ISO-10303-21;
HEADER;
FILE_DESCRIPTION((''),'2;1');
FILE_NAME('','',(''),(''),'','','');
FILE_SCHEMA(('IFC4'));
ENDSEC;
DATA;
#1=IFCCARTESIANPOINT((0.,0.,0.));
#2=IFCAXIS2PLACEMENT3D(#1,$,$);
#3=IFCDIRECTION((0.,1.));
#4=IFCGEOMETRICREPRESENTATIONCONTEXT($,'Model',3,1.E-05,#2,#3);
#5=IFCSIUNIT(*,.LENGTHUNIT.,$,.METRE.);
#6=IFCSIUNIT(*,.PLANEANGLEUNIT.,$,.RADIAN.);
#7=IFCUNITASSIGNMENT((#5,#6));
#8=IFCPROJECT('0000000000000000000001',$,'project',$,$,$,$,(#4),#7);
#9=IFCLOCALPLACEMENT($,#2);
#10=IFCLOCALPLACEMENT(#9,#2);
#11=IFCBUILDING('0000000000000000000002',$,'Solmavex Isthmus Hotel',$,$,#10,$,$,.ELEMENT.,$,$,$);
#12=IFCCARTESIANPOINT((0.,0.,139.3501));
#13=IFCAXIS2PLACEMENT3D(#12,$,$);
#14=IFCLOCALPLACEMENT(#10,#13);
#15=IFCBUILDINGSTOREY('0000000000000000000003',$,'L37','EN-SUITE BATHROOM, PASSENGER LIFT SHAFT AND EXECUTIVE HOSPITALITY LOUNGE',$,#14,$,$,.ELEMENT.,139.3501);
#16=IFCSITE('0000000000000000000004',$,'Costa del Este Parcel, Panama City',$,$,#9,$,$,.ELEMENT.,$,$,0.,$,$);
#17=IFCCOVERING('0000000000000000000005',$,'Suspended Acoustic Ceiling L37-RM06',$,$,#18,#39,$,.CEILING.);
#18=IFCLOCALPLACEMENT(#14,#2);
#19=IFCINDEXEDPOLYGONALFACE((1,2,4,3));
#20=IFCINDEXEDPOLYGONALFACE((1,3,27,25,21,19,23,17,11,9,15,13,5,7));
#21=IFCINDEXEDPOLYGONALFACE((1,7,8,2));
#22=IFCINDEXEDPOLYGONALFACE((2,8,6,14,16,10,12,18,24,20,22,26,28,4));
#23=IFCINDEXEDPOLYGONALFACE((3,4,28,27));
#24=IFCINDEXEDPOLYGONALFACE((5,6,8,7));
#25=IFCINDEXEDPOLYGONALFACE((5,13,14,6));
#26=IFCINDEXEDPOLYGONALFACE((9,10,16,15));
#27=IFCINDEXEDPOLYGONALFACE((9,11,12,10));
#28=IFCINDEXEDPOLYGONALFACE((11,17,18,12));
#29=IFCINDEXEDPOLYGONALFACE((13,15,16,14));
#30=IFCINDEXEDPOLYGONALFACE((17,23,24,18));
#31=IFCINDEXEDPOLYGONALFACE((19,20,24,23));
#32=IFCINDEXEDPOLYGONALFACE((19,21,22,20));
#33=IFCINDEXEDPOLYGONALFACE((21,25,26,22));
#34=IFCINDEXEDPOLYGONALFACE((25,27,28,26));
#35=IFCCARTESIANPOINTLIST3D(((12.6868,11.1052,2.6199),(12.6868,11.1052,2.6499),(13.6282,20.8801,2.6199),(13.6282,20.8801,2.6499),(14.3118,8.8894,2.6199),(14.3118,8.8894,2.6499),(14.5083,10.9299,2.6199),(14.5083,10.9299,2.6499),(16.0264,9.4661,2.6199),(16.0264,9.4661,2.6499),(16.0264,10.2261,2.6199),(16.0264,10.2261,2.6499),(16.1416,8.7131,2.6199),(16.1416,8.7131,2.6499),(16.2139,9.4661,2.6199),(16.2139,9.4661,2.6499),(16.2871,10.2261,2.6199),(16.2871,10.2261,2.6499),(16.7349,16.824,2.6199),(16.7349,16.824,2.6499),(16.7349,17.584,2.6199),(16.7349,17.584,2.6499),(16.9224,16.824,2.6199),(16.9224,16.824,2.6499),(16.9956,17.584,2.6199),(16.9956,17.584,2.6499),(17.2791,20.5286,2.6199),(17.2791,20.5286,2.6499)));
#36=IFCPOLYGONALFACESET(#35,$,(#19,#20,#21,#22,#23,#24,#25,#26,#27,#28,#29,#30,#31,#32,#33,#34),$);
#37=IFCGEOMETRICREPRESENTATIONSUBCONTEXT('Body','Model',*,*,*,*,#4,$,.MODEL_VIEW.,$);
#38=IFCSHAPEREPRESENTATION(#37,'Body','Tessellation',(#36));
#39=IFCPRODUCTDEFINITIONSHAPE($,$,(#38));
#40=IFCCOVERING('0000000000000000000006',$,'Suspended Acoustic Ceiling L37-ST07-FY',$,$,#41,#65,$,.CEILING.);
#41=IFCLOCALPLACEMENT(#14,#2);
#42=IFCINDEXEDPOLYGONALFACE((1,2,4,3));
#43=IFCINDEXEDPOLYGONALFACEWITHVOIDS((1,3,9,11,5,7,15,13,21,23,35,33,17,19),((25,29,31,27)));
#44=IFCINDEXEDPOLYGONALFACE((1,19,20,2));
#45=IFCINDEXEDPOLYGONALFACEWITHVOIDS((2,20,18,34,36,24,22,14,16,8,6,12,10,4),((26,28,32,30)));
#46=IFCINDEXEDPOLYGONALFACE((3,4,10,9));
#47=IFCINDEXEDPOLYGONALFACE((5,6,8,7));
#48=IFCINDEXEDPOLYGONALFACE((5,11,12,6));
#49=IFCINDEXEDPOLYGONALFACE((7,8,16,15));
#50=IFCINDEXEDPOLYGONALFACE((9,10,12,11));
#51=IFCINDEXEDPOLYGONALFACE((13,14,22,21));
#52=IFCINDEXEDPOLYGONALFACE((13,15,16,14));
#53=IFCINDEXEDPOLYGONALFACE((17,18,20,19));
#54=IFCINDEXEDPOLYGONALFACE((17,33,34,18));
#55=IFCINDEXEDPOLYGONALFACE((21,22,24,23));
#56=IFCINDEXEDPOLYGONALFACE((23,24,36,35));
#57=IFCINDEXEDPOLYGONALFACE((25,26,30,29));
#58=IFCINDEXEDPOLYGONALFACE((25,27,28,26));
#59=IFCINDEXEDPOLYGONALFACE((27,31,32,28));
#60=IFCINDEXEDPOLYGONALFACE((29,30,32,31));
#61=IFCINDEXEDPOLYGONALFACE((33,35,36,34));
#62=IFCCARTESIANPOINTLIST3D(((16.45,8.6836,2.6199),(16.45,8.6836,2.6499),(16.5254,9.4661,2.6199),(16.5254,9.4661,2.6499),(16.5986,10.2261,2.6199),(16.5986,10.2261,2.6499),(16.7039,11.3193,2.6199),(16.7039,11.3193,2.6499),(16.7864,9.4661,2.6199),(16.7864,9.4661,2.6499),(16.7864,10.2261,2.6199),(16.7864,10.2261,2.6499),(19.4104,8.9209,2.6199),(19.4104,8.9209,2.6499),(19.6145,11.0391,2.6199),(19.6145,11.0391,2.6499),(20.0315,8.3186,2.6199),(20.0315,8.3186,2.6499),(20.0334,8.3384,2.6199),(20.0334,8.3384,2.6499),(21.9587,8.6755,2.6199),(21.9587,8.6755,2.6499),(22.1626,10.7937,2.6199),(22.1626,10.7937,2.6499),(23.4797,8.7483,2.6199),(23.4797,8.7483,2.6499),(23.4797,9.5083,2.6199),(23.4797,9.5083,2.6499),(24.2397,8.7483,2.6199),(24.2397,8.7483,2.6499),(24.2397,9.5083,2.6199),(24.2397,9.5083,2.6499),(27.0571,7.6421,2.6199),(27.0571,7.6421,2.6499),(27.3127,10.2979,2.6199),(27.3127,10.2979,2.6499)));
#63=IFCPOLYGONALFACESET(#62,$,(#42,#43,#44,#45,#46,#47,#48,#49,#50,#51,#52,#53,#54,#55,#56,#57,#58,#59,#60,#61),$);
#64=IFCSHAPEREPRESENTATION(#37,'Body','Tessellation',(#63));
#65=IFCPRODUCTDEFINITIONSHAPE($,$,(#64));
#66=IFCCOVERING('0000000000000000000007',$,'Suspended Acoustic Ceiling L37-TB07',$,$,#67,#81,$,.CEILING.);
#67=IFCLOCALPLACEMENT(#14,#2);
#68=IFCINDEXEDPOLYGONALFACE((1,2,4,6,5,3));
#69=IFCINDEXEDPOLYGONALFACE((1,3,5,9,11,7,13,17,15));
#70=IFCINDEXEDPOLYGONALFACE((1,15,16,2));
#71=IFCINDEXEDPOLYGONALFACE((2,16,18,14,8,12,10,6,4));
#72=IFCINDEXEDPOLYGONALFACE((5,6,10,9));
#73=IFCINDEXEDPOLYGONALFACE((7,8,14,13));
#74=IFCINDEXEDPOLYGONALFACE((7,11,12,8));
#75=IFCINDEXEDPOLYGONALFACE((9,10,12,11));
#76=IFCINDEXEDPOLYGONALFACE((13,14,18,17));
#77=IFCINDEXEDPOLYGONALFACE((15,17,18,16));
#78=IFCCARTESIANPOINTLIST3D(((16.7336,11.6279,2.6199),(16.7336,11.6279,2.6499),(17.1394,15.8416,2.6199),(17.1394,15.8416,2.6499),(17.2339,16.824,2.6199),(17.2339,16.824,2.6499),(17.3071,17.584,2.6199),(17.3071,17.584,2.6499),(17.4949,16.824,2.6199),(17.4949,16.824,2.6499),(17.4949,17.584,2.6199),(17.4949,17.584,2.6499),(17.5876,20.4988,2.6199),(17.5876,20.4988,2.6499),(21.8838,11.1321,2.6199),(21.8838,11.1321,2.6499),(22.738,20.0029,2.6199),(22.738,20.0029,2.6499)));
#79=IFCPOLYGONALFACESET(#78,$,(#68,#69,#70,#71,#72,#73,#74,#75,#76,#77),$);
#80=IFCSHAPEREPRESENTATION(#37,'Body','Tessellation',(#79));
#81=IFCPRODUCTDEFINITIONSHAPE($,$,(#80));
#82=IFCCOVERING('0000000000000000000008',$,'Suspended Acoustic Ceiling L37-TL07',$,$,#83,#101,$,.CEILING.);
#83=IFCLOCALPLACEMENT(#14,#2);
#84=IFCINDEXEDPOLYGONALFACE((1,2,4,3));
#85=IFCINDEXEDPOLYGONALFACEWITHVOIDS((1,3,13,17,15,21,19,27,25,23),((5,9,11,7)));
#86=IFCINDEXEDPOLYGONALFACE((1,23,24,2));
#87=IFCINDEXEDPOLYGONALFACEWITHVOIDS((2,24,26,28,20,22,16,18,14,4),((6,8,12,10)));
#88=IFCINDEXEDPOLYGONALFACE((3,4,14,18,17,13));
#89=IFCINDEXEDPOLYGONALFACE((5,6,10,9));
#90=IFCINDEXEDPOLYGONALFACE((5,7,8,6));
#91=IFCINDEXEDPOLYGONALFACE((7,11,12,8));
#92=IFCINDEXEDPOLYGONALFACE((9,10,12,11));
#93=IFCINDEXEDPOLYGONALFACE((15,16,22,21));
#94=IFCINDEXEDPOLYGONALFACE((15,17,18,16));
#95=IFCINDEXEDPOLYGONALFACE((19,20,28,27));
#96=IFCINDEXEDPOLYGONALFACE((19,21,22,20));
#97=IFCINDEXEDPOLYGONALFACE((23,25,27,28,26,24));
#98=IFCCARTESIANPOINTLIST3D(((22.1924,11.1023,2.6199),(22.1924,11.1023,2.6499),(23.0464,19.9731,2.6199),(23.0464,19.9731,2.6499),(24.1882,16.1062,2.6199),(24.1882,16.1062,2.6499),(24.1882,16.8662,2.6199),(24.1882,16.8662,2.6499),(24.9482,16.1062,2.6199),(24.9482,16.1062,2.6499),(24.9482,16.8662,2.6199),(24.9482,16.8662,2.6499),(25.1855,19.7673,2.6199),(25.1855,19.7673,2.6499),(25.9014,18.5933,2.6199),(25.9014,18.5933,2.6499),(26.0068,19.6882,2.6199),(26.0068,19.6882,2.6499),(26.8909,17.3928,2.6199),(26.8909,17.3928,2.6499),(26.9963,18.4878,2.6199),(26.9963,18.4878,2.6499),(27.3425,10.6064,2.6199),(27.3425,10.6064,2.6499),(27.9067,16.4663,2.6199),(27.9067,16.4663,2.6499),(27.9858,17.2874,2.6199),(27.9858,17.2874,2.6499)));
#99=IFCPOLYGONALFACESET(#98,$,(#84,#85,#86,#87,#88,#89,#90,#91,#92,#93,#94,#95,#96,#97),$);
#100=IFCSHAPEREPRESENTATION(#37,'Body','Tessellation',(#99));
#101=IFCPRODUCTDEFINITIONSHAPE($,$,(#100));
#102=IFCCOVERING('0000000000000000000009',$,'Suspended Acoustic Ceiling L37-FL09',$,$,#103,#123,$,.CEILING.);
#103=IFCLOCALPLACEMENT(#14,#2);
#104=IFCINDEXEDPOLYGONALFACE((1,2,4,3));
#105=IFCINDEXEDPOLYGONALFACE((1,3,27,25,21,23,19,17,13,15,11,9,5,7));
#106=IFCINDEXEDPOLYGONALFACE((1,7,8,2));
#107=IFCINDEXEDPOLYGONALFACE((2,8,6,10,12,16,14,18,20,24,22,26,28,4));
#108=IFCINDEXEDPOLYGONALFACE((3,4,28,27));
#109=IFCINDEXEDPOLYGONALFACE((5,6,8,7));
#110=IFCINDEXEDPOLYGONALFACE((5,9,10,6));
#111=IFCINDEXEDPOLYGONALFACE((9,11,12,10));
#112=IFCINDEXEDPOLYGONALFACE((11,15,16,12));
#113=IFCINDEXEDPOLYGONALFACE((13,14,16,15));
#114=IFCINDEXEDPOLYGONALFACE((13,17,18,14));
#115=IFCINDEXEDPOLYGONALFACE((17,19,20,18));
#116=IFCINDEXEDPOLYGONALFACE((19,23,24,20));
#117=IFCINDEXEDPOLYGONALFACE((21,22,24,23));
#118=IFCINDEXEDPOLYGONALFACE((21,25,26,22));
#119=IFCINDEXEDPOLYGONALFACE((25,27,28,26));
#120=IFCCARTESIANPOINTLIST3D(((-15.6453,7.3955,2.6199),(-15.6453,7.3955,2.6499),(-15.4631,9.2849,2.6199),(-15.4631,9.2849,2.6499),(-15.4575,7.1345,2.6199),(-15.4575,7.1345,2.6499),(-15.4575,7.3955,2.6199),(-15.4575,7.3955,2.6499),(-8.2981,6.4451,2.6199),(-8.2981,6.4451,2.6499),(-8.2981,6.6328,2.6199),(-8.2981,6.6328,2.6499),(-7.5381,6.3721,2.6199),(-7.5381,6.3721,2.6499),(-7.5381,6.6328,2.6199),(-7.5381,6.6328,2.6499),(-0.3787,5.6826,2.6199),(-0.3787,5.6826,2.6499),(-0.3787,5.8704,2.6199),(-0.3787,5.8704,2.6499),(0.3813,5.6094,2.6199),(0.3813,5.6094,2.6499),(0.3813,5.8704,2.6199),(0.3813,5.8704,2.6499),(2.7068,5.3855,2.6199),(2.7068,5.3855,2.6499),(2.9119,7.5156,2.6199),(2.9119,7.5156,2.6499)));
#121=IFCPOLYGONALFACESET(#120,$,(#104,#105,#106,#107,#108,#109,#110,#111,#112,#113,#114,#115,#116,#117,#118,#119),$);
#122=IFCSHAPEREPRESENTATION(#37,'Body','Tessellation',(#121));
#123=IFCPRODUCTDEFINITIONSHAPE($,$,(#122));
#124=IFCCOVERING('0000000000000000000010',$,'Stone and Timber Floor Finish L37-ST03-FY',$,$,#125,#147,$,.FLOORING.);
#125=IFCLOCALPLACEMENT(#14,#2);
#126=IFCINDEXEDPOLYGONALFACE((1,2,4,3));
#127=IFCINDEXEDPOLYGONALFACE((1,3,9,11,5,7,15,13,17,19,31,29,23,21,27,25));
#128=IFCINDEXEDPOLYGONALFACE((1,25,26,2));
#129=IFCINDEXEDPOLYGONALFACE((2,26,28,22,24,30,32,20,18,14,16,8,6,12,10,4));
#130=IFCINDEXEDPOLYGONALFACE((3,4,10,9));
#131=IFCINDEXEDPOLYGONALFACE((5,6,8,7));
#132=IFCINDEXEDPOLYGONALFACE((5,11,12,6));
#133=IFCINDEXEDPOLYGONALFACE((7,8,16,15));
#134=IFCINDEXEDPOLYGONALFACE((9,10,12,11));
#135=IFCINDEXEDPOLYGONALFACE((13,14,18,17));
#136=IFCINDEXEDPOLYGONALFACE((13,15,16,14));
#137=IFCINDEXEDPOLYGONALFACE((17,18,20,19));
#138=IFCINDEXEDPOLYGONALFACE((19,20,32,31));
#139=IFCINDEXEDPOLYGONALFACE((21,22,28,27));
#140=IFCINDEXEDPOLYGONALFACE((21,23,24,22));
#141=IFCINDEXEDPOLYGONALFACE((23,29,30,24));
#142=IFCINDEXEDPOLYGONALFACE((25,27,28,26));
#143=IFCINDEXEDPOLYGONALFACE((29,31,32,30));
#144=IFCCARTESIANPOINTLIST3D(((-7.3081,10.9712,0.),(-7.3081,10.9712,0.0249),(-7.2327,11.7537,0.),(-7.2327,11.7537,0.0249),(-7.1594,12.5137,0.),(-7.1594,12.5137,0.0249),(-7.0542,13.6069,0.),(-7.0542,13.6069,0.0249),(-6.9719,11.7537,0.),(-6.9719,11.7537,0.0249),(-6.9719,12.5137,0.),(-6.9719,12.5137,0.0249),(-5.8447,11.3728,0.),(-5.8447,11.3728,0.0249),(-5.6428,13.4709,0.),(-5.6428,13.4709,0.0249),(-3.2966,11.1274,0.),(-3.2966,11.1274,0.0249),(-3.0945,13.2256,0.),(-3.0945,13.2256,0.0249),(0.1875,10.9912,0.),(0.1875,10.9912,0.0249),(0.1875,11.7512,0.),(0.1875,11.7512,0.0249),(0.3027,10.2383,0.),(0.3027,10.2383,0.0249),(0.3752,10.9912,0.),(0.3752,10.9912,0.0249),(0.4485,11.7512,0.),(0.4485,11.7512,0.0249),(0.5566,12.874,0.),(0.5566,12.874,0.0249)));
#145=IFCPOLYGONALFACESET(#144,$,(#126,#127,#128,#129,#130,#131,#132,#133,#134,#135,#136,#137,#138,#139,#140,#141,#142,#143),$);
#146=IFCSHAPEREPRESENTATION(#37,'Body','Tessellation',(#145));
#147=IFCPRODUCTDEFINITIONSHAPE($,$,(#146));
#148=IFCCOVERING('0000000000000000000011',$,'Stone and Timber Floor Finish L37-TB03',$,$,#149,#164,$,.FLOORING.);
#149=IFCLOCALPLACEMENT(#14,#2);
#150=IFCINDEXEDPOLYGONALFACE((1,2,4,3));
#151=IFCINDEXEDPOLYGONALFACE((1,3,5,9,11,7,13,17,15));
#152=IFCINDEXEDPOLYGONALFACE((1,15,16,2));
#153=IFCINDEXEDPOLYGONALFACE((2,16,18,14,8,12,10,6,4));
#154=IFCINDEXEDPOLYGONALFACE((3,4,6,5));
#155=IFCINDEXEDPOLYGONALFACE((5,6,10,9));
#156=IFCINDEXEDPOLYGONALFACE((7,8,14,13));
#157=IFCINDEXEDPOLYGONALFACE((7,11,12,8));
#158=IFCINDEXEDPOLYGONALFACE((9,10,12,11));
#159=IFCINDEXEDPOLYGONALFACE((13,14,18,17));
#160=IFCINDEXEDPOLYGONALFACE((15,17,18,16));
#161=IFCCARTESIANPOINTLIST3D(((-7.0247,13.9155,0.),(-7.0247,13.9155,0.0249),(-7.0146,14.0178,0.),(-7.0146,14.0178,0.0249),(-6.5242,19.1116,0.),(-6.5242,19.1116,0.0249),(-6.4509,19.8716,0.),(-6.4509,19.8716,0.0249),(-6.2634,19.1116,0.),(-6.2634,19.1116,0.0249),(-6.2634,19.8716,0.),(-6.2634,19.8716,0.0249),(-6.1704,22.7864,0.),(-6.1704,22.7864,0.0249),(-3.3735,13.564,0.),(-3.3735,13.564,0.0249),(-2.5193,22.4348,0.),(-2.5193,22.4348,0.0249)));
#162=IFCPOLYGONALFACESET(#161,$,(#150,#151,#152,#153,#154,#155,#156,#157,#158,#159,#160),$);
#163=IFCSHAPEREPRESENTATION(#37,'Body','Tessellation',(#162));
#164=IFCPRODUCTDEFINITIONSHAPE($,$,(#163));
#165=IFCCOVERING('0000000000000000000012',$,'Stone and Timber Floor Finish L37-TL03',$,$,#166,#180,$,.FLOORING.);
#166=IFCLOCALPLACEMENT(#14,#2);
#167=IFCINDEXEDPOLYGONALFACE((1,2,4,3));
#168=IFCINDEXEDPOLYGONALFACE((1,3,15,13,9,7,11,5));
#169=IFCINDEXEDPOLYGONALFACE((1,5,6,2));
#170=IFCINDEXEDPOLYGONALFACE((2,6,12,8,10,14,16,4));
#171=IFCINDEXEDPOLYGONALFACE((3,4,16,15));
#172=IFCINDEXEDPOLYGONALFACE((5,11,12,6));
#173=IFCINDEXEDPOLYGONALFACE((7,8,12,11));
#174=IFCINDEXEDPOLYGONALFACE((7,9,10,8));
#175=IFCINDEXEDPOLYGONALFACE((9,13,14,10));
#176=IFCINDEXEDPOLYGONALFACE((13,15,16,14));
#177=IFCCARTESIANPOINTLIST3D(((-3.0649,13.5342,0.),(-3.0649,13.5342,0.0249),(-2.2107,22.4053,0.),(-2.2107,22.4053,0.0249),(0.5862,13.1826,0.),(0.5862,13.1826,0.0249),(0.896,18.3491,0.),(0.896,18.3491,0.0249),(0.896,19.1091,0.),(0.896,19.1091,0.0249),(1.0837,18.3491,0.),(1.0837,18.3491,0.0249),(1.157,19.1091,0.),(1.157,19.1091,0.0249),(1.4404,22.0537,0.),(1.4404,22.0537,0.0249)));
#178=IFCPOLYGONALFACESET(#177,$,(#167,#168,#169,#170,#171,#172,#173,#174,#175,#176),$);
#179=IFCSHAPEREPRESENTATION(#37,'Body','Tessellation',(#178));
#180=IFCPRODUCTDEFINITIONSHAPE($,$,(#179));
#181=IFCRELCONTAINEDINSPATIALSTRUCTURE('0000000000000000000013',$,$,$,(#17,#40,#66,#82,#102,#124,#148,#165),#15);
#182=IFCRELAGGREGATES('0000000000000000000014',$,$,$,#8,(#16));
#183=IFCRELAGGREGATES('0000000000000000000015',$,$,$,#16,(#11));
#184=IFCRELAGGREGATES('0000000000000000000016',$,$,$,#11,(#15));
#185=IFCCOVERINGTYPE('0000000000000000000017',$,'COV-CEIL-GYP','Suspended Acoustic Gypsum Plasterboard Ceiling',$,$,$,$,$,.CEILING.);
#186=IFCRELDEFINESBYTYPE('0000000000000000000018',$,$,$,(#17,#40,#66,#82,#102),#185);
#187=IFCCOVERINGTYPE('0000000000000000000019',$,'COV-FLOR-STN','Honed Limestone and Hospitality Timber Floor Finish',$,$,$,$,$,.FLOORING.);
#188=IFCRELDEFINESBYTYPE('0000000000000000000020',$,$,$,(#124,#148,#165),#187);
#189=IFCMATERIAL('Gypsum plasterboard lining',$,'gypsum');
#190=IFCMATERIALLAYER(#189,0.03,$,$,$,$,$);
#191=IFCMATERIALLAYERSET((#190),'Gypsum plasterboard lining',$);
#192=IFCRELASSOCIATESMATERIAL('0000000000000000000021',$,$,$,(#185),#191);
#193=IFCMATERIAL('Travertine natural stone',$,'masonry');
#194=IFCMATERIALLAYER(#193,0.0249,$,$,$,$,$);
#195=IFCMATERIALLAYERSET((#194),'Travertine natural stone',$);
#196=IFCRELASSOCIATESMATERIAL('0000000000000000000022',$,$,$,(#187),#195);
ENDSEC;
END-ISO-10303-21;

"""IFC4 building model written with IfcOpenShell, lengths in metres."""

from ifc_helpers import new_model, si_unit, direction, frame, origin, place, context, subcontext, project, spatial, polyline, outline, extrude, material, layer, layer_set, type_object, element, save


model = new_model("IFC4")

# Units and contexts
model_context = context("Model", 3, precision=1e-05, world=origin(), true_north=direction((0.0, 1.0)))
body_context = subcontext(model_context, "Body", "Model", "MODEL_VIEW")
ifc_project = project(units=[si_unit("LENGTHUNIT", "METRE"), si_unit("PLANEANGLEUNIT", "RADIAN")], contexts=[model_context])

# Site, building, storey
site_placement = place(None, origin())
site = spatial("IfcSite", under=ifc_project, at=site_placement, Name="Costa del Este Parcel, Panama City", CompositionType="ELEMENT", RefElevation=0.0)
building_placement = place(site_placement, origin())
building = spatial("IfcBuilding", under=site, at=building_placement, Name="Solmavex Isthmus Hotel", CompositionType="ELEMENT")
storey_placement = place(building_placement, frame((0.0, 0.0, 139.3501)))
storey = spatial("IfcBuildingStorey", under=building, at=storey_placement, Name="L37", Description="EN-SUITE BATHROOM, PASSENGER LIFT SHAFT AND EXECUTIVE HOSPITALITY LOUNGE", CompositionType="ELEMENT", Elevation=139.3501)

# Shared definitions
ifc_material_1 = material(Name="Gypsum plasterboard lining", Category="gypsum")

# Coverings
ifc_layer_1 = layer(ifc_material_1, 0.03)
ifc_layer_set_1 = layer_set([ifc_layer_1], Name="Gypsum plasterboard lining")
covering_type_1 = type_object("IfcCoveringType", Name="COV-CEIL-GYP", Description="Suspended Acoustic Gypsum Plasterboard Ceiling", PredefinedType="CEILING", material=ifc_layer_set_1)
covering_1_placement = place(storey_placement, frame((0.0, 0.0, 2.6199)))
element("IfcCovering", 1, at=covering_1_placement, inside=storey, type_object=covering_type_1, Name="Suspended Acoustic Ceiling L37-RM06", PredefinedType="CEILING", context=body_context, shape_type="SweptSolid", body=[
    extrude(outline(polyline([(16.9224, 16.824), (16.7349, 16.824), (16.7349, 17.584), (16.9956, 17.584), (17.2791, 20.5286), (13.6282, 20.8801), (12.6868, 11.1052), (14.5083, 10.9299), (14.3118, 8.8894), (16.1416, 8.7131), (16.2139, 9.4661), (16.0264, 9.4661), (16.0264, 10.2261), (16.2871, 10.2261), (16.9224, 16.824)])), origin(), (0.0, 0.0, 1.0), 0.03),
])
covering_2_placement = place(storey_placement, frame((0.0, 0.0, 2.6199)))
element("IfcCovering", 2, at=covering_2_placement, inside=storey, type_object=covering_type_1, Name="Suspended Acoustic Ceiling L37-ST07-FY", PredefinedType="CEILING", context=body_context, shape_type="SweptSolid", body=[
    extrude(outline(polyline([(19.6145, 11.0391), (16.7039, 11.3193), (16.5986, 10.2261), (16.7864, 10.2261), (16.7864, 9.4661), (16.5254, 9.4661), (16.45, 8.6836), (20.0334, 8.3384), (20.0315, 8.3186), (27.0571, 7.6421), (27.3127, 10.2979), (22.1626, 10.7937), (21.9587, 8.6755), (19.4104, 8.9209), (19.6145, 11.0391)]), holes=[polyline([(23.4797, 8.7483), (23.4797, 9.5083), (24.2397, 9.5083), (24.2397, 8.7483), (23.4797, 8.7483)])]), origin(), (0.0, 0.0, 1.0), 0.03),
])
covering_3_placement = place(storey_placement, frame((0.0, 0.0, 2.6199)))
element("IfcCovering", 3, at=covering_3_placement, inside=storey, type_object=covering_type_1, Name="Suspended Acoustic Ceiling L37-TB07", PredefinedType="CEILING", context=body_context, shape_type="SweptSolid", body=[
    extrude(outline(polyline([(17.3071, 17.584), (17.4949, 17.584), (17.4949, 16.824), (17.2339, 16.824), (17.1394, 15.8416), (16.7336, 11.6279), (21.8838, 11.1321), (22.738, 20.0029), (17.5876, 20.4988), (17.3071, 17.584)])), origin(), (0.0, 0.0, 1.0), 0.03),
])
covering_4_placement = place(storey_placement, frame((0.0, 0.0, 2.6199)))
element("IfcCovering", 4, at=covering_4_placement, inside=storey, type_object=covering_type_1, Name="Suspended Acoustic Ceiling L37-TL07", PredefinedType="CEILING", context=body_context, shape_type="SweptSolid", body=[
    extrude(outline(polyline([(26.0068, 19.6882), (25.1855, 19.7673), (23.0464, 19.9731), (22.1924, 11.1023), (27.3425, 10.6064), (27.9067, 16.4663), (27.9858, 17.2874), (26.8909, 17.3928), (26.9963, 18.4878), (25.9014, 18.5933), (26.0068, 19.6882)]), holes=[polyline([(24.1882, 16.1062), (24.1882, 16.8662), (24.9482, 16.8662), (24.9482, 16.1062), (24.1882, 16.1062)])]), origin(), (0.0, 0.0, 1.0), 0.03),
])
covering_5_placement = place(storey_placement, frame((0.0, 0.0, 2.6199)))
element("IfcCovering", 5, at=covering_5_placement, inside=storey, type_object=covering_type_1, Name="Suspended Acoustic Ceiling L37-FL09", PredefinedType="CEILING", context=body_context, shape_type="SweptSolid", body=[
    extrude(outline(polyline([(-0.3787, 5.6826), (-0.3787, 5.8704), (0.3813, 5.8704), (0.3813, 5.6094), (2.7068, 5.3855), (2.9119, 7.5156), (-15.4631, 9.2849), (-15.6453, 7.3955), (-15.4575, 7.3955), (-15.4575, 7.1345), (-8.2981, 6.4451), (-8.2981, 6.6328), (-7.5381, 6.6328), (-7.5381, 6.3721), (-0.3787, 5.6826)])), origin(), (0.0, 0.0, 1.0), 0.03),
])
ifc_material_2 = material(Name="Travertine natural stone", Category="masonry")
ifc_layer_2 = layer(ifc_material_2, 0.0249)
ifc_layer_set_2 = layer_set([ifc_layer_2], Name="Travertine natural stone")
covering_type_2 = type_object("IfcCoveringType", Name="COV-FLOR-STN", Description="Honed Limestone and Hospitality Timber Floor Finish", PredefinedType="FLOORING", material=ifc_layer_set_2)
covering_6_placement = place(storey_placement, origin())
element("IfcCovering", 6, at=covering_6_placement, inside=storey, type_object=covering_type_2, Name="Stone and Timber Floor Finish L37-ST03-FY", PredefinedType="FLOORING", context=body_context, shape_type="SweptSolid", body=[
    extrude(outline(polyline([(-3.0945, 13.2256), (-3.2966, 11.1274), (-5.8447, 11.3728), (-5.6428, 13.4709), (-7.0542, 13.6069), (-7.1594, 12.5137), (-6.9719, 12.5137), (-6.9719, 11.7537), (-7.2327, 11.7537), (-7.3081, 10.9712), (0.3027, 10.2383), (0.3752, 10.9912), (0.1875, 10.9912), (0.1875, 11.7512), (0.4485, 11.7512), (0.5566, 12.874), (-3.0945, 13.2256)])), origin(), (0.0, 0.0, 1.0), 0.0249),
])
covering_7_placement = place(storey_placement, origin())
element("IfcCovering", 7, at=covering_7_placement, inside=storey, type_object=covering_type_2, Name="Stone and Timber Floor Finish L37-TB03", PredefinedType="FLOORING", context=body_context, shape_type="SweptSolid", body=[
    extrude(outline(polyline([(-6.4509, 19.8716), (-6.2634, 19.8716), (-6.2634, 19.1116), (-6.5242, 19.1116), (-7.0146, 14.0178), (-7.0247, 13.9155), (-3.3735, 13.564), (-2.5193, 22.4348), (-6.1704, 22.7864), (-6.4509, 19.8716)])), origin(), (0.0, 0.0, 1.0), 0.0249),
])
covering_8_placement = place(storey_placement, origin())
element("IfcCovering", 8, at=covering_8_placement, inside=storey, type_object=covering_type_2, Name="Stone and Timber Floor Finish L37-TL03", PredefinedType="FLOORING", context=body_context, shape_type="SweptSolid", body=[
    extrude(outline(polyline([(1.0837, 18.3491), (0.896, 18.3491), (0.896, 19.1091), (1.157, 19.1091), (1.4404, 22.0537), (-2.2107, 22.4053), (-3.0649, 13.5342), (0.5862, 13.1826), (1.0837, 18.3491)])), origin(), (0.0, 0.0, 1.0), 0.0249),
])

save(model, "model.ifc")
